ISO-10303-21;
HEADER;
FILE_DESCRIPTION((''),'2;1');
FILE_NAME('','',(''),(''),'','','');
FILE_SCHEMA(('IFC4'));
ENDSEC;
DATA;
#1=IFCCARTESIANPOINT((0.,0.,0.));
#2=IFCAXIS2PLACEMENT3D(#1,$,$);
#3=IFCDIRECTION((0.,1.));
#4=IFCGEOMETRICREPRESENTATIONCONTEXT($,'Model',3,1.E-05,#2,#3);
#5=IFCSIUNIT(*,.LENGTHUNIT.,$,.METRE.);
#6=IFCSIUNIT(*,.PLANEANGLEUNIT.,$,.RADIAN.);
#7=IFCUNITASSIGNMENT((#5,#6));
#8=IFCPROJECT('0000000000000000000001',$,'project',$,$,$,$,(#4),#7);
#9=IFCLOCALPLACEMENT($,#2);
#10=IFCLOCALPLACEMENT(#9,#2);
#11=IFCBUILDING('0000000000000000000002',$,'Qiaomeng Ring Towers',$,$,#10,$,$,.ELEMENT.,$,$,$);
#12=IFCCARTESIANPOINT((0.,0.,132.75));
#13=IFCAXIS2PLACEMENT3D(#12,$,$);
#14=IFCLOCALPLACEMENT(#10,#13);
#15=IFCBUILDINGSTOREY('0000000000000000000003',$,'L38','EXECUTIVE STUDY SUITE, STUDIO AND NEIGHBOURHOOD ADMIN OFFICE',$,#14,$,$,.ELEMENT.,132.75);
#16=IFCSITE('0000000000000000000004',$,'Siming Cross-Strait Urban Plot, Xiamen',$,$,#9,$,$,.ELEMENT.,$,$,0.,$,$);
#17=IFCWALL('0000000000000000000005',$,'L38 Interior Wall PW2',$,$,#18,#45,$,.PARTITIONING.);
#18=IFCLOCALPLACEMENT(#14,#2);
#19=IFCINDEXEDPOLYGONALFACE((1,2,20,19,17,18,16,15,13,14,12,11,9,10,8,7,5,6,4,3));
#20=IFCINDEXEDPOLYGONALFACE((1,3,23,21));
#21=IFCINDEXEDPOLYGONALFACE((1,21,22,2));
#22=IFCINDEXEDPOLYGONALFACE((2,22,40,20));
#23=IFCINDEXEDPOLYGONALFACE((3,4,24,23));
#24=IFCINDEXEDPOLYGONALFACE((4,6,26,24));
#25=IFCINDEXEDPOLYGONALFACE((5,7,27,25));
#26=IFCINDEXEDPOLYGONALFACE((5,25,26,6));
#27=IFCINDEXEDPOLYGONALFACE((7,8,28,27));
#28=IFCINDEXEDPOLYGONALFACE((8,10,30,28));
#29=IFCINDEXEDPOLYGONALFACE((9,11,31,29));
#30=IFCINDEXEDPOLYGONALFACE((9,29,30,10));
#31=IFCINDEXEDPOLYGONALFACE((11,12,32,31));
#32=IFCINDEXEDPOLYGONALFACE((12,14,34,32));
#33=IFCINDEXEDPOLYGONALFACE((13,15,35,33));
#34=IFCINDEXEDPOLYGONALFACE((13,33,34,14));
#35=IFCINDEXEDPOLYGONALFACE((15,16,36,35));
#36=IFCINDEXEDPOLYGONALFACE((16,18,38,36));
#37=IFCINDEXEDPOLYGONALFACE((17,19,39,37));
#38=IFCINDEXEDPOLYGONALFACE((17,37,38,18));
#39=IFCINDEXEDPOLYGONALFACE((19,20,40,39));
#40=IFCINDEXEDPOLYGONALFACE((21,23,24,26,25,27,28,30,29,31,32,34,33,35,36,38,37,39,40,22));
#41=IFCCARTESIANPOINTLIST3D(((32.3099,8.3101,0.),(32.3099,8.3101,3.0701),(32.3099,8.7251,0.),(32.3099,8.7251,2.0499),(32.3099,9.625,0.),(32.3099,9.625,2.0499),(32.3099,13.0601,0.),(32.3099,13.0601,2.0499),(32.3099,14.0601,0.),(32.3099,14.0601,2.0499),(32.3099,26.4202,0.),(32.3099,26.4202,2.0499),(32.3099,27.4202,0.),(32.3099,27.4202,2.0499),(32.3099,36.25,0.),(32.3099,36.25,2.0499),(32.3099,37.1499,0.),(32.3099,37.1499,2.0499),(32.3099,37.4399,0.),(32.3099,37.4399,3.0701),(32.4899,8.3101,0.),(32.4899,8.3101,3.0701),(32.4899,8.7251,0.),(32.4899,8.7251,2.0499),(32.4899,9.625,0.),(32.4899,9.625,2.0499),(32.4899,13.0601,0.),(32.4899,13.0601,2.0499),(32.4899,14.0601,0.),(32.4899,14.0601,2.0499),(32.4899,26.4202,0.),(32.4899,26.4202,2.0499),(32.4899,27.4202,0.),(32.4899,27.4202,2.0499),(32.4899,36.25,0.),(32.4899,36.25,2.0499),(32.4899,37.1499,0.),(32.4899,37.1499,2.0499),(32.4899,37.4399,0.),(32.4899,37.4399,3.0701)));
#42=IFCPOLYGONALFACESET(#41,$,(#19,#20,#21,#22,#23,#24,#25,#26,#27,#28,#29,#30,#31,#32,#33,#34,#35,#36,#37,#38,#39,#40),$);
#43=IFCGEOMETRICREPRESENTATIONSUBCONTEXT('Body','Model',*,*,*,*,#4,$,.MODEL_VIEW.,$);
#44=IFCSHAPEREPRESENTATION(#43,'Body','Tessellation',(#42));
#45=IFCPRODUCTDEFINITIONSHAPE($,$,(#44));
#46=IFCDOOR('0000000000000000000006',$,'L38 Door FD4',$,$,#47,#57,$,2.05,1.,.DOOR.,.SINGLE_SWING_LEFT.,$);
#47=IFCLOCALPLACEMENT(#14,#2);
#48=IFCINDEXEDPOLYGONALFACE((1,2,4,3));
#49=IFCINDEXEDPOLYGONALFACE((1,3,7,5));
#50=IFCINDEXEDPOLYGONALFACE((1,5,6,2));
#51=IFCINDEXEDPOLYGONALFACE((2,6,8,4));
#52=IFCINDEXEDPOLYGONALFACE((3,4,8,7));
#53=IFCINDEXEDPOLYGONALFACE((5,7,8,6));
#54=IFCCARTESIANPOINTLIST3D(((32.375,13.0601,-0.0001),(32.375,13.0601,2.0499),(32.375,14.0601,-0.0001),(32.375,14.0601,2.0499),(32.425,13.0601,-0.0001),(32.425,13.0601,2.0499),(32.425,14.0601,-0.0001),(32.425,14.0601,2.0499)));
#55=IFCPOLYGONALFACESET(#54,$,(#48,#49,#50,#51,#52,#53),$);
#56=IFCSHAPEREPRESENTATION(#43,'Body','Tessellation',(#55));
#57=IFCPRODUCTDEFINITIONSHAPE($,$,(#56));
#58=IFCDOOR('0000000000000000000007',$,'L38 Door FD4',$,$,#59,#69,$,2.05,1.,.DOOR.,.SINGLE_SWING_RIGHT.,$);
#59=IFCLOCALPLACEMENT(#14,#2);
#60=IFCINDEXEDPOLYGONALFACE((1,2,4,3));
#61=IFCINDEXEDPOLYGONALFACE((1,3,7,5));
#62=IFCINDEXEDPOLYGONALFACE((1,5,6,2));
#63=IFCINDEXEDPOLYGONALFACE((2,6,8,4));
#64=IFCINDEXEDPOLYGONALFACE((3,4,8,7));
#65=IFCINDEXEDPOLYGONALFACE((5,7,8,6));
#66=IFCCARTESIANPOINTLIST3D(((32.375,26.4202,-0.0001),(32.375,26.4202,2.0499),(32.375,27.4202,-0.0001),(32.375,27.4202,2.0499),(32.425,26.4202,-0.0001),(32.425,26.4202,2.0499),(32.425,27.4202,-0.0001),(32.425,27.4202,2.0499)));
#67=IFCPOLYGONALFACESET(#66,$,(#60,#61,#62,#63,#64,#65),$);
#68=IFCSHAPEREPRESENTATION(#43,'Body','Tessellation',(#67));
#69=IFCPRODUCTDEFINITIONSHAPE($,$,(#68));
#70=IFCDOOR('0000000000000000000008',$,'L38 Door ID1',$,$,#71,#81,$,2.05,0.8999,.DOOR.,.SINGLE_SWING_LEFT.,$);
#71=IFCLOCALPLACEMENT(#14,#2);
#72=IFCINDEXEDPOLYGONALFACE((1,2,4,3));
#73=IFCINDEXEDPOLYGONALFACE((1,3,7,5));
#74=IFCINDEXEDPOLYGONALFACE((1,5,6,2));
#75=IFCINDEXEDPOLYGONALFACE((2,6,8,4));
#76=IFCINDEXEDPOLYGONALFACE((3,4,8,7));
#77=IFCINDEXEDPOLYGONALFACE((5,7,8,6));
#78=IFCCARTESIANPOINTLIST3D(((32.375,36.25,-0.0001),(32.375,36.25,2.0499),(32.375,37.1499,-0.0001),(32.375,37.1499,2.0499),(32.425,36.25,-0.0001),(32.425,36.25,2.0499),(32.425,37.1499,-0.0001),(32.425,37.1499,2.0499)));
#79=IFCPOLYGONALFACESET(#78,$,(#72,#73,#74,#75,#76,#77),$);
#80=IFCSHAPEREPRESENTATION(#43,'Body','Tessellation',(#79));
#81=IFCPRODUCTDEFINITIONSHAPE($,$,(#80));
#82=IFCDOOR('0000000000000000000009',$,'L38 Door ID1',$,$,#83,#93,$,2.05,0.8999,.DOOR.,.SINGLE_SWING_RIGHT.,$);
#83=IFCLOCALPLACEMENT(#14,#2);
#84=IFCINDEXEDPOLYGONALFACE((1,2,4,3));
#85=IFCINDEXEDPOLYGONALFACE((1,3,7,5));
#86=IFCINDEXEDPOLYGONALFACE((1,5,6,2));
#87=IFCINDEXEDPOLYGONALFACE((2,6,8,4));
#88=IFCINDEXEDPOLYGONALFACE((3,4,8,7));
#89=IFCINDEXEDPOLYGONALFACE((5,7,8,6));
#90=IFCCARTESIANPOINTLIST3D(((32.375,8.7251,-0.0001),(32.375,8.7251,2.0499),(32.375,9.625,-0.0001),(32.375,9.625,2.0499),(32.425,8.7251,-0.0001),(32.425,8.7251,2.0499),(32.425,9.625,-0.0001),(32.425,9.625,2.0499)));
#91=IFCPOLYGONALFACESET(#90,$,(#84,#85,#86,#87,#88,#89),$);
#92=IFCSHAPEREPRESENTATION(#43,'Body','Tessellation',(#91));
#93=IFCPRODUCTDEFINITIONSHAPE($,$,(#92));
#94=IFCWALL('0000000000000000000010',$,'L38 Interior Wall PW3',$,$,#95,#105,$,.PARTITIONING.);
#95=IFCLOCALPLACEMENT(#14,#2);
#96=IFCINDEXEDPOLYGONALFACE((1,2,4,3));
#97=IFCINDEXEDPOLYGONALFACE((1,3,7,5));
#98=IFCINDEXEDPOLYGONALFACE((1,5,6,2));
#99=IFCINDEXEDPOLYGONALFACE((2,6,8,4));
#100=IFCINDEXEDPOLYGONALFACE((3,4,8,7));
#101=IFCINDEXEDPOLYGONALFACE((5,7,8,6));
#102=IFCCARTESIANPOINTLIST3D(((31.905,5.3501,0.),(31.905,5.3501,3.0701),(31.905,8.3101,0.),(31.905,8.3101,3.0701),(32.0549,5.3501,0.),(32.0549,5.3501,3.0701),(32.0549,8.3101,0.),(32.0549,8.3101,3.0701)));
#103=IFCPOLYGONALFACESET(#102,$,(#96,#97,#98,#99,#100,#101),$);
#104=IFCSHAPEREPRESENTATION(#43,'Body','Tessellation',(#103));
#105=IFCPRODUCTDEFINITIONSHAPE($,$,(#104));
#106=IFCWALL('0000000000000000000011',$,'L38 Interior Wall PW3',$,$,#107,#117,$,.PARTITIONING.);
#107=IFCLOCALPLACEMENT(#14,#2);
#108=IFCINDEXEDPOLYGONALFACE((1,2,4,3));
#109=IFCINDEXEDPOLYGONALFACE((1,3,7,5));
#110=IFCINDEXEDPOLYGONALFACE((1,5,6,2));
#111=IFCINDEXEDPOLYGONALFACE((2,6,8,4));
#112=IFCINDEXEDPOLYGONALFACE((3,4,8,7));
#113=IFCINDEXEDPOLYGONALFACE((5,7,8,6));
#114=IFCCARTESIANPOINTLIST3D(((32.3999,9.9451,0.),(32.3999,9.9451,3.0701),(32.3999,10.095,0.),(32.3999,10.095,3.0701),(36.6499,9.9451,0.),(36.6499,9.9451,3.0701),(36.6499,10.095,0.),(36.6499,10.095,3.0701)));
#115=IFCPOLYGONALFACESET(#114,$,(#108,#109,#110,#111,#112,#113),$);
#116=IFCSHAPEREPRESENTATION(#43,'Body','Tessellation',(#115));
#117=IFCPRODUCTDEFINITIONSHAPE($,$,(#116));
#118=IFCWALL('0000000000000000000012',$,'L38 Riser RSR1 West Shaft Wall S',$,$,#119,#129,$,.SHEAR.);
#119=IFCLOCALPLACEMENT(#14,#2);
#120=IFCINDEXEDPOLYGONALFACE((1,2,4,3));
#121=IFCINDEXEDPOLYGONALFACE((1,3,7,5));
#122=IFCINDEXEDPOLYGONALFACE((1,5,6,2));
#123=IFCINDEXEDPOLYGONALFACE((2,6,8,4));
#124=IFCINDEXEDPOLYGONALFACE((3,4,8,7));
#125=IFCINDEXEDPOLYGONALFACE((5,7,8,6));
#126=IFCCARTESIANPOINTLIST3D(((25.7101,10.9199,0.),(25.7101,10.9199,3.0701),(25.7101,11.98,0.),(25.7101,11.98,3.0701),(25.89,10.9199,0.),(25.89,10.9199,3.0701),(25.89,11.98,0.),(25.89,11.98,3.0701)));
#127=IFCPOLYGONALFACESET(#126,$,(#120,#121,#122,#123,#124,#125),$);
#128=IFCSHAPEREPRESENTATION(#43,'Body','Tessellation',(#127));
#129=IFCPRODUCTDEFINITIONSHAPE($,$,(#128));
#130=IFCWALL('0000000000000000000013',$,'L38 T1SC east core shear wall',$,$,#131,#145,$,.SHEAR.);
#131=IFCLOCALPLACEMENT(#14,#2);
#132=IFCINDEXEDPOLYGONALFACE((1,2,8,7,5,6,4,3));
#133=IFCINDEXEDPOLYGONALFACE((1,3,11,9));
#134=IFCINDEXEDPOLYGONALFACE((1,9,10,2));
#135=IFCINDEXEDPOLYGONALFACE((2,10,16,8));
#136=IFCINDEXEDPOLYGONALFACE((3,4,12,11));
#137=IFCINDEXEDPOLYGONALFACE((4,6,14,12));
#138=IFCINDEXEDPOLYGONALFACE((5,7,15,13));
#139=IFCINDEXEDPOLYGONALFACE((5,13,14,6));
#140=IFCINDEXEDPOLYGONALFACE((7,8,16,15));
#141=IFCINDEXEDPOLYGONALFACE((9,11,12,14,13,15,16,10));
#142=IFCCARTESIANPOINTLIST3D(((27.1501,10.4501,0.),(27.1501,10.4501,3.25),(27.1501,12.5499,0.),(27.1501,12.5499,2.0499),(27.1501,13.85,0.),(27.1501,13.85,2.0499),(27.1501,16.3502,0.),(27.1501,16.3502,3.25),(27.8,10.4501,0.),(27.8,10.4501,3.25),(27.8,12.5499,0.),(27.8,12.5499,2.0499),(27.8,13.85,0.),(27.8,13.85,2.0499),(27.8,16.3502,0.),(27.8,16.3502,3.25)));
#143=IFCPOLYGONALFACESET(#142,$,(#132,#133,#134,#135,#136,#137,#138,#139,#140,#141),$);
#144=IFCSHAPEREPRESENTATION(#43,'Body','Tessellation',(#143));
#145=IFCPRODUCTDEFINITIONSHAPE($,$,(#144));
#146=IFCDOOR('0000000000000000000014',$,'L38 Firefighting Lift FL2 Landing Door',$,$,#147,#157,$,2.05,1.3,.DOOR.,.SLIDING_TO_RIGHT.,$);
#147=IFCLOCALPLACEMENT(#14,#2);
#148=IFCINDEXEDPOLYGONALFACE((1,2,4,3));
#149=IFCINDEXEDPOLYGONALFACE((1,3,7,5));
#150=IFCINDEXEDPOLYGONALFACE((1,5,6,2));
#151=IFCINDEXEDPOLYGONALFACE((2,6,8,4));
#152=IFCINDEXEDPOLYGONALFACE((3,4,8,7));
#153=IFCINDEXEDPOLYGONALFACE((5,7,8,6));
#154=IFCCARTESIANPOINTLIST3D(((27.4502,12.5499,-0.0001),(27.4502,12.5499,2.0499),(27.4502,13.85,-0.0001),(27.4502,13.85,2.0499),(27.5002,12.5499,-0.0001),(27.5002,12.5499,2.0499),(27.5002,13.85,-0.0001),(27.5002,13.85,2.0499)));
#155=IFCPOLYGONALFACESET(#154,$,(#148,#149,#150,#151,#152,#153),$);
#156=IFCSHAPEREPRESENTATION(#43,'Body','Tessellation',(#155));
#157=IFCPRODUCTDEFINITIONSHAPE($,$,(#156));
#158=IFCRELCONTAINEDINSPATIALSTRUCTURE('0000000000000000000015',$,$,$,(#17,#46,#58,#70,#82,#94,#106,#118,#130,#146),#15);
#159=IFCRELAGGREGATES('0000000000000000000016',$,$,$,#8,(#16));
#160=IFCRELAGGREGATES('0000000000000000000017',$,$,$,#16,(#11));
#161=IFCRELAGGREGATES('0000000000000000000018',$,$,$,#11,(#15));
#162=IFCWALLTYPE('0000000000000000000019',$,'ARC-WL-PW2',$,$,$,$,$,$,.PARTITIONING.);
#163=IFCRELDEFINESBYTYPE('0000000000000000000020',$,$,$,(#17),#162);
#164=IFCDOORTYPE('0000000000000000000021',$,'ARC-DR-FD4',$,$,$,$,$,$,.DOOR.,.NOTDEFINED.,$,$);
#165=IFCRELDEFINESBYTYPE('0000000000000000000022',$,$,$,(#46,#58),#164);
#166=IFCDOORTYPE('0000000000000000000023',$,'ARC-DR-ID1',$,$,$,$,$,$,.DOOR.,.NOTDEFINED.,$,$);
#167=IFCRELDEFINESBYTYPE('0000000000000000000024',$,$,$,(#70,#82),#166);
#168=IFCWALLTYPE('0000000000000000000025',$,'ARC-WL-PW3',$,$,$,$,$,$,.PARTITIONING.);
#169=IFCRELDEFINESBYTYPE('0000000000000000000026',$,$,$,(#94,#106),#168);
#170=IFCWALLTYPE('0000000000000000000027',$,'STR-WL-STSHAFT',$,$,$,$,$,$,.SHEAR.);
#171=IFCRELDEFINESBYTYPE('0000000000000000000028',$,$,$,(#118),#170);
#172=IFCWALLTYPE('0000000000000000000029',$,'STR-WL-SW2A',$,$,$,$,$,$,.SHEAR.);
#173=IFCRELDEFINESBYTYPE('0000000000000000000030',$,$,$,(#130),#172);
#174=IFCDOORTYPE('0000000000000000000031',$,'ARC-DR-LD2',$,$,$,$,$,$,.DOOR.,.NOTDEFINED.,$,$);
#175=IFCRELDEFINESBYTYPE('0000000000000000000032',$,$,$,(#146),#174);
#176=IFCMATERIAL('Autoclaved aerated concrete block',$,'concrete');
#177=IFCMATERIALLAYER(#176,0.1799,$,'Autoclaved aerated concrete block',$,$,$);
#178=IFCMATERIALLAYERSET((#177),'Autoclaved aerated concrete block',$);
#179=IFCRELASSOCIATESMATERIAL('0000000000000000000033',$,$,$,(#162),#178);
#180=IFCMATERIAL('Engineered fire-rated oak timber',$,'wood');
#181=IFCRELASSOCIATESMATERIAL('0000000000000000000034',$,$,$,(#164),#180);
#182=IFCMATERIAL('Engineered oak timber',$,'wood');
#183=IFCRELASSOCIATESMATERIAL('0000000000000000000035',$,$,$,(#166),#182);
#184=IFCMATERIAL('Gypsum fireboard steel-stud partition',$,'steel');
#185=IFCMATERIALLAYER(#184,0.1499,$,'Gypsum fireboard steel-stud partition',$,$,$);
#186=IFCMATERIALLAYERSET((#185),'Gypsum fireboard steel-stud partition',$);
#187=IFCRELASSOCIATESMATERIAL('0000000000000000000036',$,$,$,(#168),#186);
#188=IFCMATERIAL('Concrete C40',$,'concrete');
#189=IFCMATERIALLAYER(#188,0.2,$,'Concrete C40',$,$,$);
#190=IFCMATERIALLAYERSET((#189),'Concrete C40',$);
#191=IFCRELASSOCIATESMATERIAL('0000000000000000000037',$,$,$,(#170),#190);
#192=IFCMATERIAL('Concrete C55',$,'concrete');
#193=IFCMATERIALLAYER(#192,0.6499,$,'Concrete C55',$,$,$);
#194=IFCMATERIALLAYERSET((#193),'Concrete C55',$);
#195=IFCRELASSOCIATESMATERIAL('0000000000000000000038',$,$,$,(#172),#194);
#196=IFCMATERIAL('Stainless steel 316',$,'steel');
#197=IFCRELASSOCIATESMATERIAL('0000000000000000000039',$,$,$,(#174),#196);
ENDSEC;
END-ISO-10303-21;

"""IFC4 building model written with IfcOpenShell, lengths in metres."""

from ifc_helpers import new_model, si_unit, direction, frame, frame_2d, origin, place, context, subcontext, project, spatial, rectangle, extrude, source, transform, mapped, material, layer, layer_set, type_object, element, fill, save


model = new_model("IFC4")

# Units and contexts
model_context = context("Model", 3, precision=1e-05, world=origin(), true_north=direction((0.0, 1.0)))
body_context = subcontext(model_context, "Body", "Model", "MODEL_VIEW")
ifc_project = project(units=[si_unit("LENGTHUNIT", "METRE"), si_unit("PLANEANGLEUNIT", "RADIAN")], contexts=[model_context])

# Site, building, storey
site_placement = place(None, origin())
site = spatial("IfcSite", under=ifc_project, at=site_placement, Name="Siming Cross-Strait Urban Plot, Xiamen", CompositionType="ELEMENT", RefElevation=0.0)
building_placement = place(site_placement, origin())
building = spatial("IfcBuilding", under=site, at=building_placement, Name="Qiaomeng Ring Towers", CompositionType="ELEMENT")
storey_placement = place(building_placement, frame((0.0, 0.0, 132.75)))
storey = spatial("IfcBuildingStorey", under=building, at=storey_placement, Name="L38", Description="EXECUTIVE STUDY SUITE, STUDIO AND NEIGHBOURHOOD ADMIN OFFICE", CompositionType="ELEMENT", Elevation=132.75)

# Shared definitions
ifc_material_1 = material(Name="Concrete C55", Category="concrete")

# Wall, openings, doors
ifc_material_2 = material(Name="Autoclaved aerated concrete block", Category="concrete")
ifc_layer_1 = layer(ifc_material_2, 0.1799, Name="Autoclaved aerated concrete block")
ifc_layer_set_1 = layer_set([ifc_layer_1], Name="Autoclaved aerated concrete block")
wall_type_1 = type_object("IfcWallType", Name="ARC-WL-PW2", PredefinedType="PARTITIONING", material=ifc_layer_set_1)
wall_1_placement = place(storey_placement, frame((32.3999, 8.3101, 0.0), z_axis=(0.0, 0.0, 1.0), x_axis=(0.0, 1.0, 0.0)))
wall_1 = element("IfcWall", 1, at=wall_1_placement, inside=storey, type_object=wall_type_1, Name="L38 Interior Wall PW2", PredefinedType="PARTITIONING", context=body_context, shape_type="SweptSolid", body=[
    extrude(rectangle(XDim=29.1299, YDim=0.1799, at=frame_2d((14.5649, 0.0))), origin(), (0.0, 0.0, 1.0), 3.0701),
])
opening_1_placement = place(wall_1_placement, frame((27.9399, 0.0, 0.0)))
opening_1 = element("IfcOpeningElement", 2, at=opening_1_placement, cuts=wall_1, PredefinedType="OPENING", context=body_context, shape_type="SweptSolid", body=[
    extrude(rectangle(XDim=0.8999, YDim=2.05, at=frame_2d((0.45, 1.0249))), frame((0.0, 0.0999, 0.0), z_axis=(0.0, -1.0, 0.0), x_axis=(1.0, 0.0, 0.0)), (0.0, 0.0, 1.0), 0.2),
])
opening_2_placement = place(wall_1_placement, frame((0.415, 0.0, 0.0)))
opening_2 = element("IfcOpeningElement", 3, at=opening_2_placement, cuts=wall_1, PredefinedType="OPENING", context=body_context, shape_type="SweptSolid", body=[
    extrude(rectangle(XDim=0.8999, YDim=2.05, at=frame_2d((0.45, 1.0249))), frame((0.0, 0.0999, 0.0), z_axis=(0.0, -1.0, 0.0), x_axis=(1.0, 0.0, 0.0)), (0.0, 0.0, 1.0), 0.2),
])
opening_3_placement = place(wall_1_placement, frame((4.75, 0.0, 0.0)))
opening_3 = element("IfcOpeningElement", 4, at=opening_3_placement, cuts=wall_1, PredefinedType="OPENING", context=body_context, shape_type="SweptSolid", body=[
    extrude(rectangle(XDim=1.0, YDim=2.05, at=frame_2d((0.5, 1.0249))), frame((0.0, 0.0999, 0.0), z_axis=(0.0, -1.0, 0.0), x_axis=(1.0, 0.0, 0.0)), (0.0, 0.0, 1.0), 0.2),
])
opening_4_placement = place(wall_1_placement, frame((18.1101, 0.0, 0.0)))
opening_4 = element("IfcOpeningElement", 5, at=opening_4_placement, cuts=wall_1, PredefinedType="OPENING", context=body_context, shape_type="SweptSolid", body=[
    extrude(rectangle(XDim=1.0, YDim=2.05, at=frame_2d((0.5, 1.0249))), frame((0.0, 0.0999, 0.0), z_axis=(0.0, -1.0, 0.0), x_axis=(1.0, 0.0, 0.0)), (0.0, 0.0, 1.0), 0.2),
])
ifc_material_3 = material(Name="Engineered fire-rated oak timber", Category="wood")
door_type_1 = type_object("IfcDoorType", Name="ARC-DR-FD4", OperationType="NOTDEFINED", PredefinedType="DOOR", material=ifc_material_3)
shared_shape_1 = source(origin(), body_context, "Body", "SweptSolid", [
    extrude(rectangle(XDim=1.0, YDim=2.05, at=frame_2d((0.5, 1.0249))), frame((0.0, 0.0249, 0.0), z_axis=(0.0, -1.0, 0.0), x_axis=(1.0, 0.0, 0.0)), (0.0, 0.0, 1.0), 0.05),
])
door_1_placement = place(opening_3_placement, origin())
door_1 = element("IfcDoor", 6, at=door_1_placement, inside=storey, type_object=door_type_1, Name="L38 Door FD4", OperationType="SINGLE_SWING_LEFT", OverallHeight=2.05, OverallWidth=1.0, PredefinedType="DOOR", context=body_context, shape_type="MappedRepresentation", body=[
    mapped(shared_shape_1, transform((0.0, 0.0, 0.0), x_axis=(1.0, 0.0, 0.0), y_axis=(0.0, 1.0, 0.0), z_axis=(0.0, 0.0, 1.0), scale=1.0)),
])
fill(opening_3, door_1)
door_2_placement = place(opening_4_placement, origin())
door_2 = element("IfcDoor", 7, at=door_2_placement, inside=storey, type_object=door_type_1, Name="L38 Door FD4", OperationType="SINGLE_SWING_RIGHT", OverallHeight=2.05, OverallWidth=1.0, PredefinedType="DOOR", context=body_context, shape_type="MappedRepresentation", body=[
    mapped(shared_shape_1, transform((0.0, 0.0, 0.0), x_axis=(1.0, 0.0, 0.0), y_axis=(0.0, 1.0, 0.0), z_axis=(0.0, 0.0, 1.0), scale=1.0)),
])
fill(opening_4, door_2)
ifc_material_4 = material(Name="Engineered oak timber", Category="wood")
door_type_2 = type_object("IfcDoorType", Name="ARC-DR-ID1", OperationType="NOTDEFINED", PredefinedType="DOOR", material=ifc_material_4)
shared_shape_2 = source(origin(), body_context, "Body", "SweptSolid", [
    extrude(rectangle(XDim=0.8999, YDim=2.05, at=frame_2d((0.45, 1.0249))), frame((0.0, 0.0249, 0.0), z_axis=(0.0, -1.0, 0.0), x_axis=(1.0, 0.0, 0.0)), (0.0, 0.0, 1.0), 0.05),
])
door_3_placement = place(opening_1_placement, origin())
door_3 = element("IfcDoor", 8, at=door_3_placement, inside=storey, type_object=door_type_2, Name="L38 Door ID1", OperationType="SINGLE_SWING_LEFT", OverallHeight=2.05, OverallWidth=0.8999, PredefinedType="DOOR", context=body_context, shape_type="MappedRepresentation", body=[
    mapped(shared_shape_2, transform((0.0, 0.0, 0.0), x_axis=(1.0, 0.0, 0.0), y_axis=(0.0, 1.0, 0.0), z_axis=(0.0, 0.0, 1.0), scale=1.0)),
])
fill(opening_1, door_3)
door_4_placement = place(opening_2_placement, origin())
door_4 = element("IfcDoor", 9, at=door_4_placement, inside=storey, type_object=door_type_2, Name="L38 Door ID1", OperationType="SINGLE_SWING_RIGHT", OverallHeight=2.05, OverallWidth=0.8999, PredefinedType="DOOR", context=body_context, shape_type="MappedRepresentation", body=[
    mapped(shared_shape_2, transform((0.0, 0.0, 0.0), x_axis=(1.0, 0.0, 0.0), y_axis=(0.0, 1.0, 0.0), z_axis=(0.0, 0.0, 1.0), scale=1.0)),
])
fill(opening_2, door_4)

# Walls
ifc_material_5 = material(Name="Gypsum fireboard steel-stud partition", Category="steel")
ifc_layer_2 = layer(ifc_material_5, 0.1499, Name="Gypsum fireboard steel-stud partition")
ifc_layer_set_2 = layer_set([ifc_layer_2], Name="Gypsum fireboard steel-stud partition")
wall_type_2 = type_object("IfcWallType", Name="ARC-WL-PW3", PredefinedType="PARTITIONING", material=ifc_layer_set_2)
wall_2_placement = place(storey_placement, frame((31.98, 5.3501, 0.0), z_axis=(0.0, 0.0, 1.0), x_axis=(0.0, 1.0, 0.0)))
element("IfcWall", 10, at=wall_2_placement, inside=storey, type_object=wall_type_2, Name="L38 Interior Wall PW3", PredefinedType="PARTITIONING", context=body_context, shape_type="SweptSolid", body=[
    extrude(rectangle(XDim=2.96, YDim=0.1499, at=frame_2d((1.48, 0.0))), origin(), (0.0, 0.0, 1.0), 3.0701),
])
wall_3_placement = place(storey_placement, frame((32.3999, 10.02, 0.0), z_axis=(0.0, 0.0, 1.0), x_axis=(1.0, 0.0, 0.0)))
element("IfcWall", 11, at=wall_3_placement, inside=storey, type_object=wall_type_2, Name="L38 Interior Wall PW3", PredefinedType="PARTITIONING", context=body_context, shape_type="SweptSolid", body=[
    extrude(rectangle(XDim=4.25, YDim=0.1499, at=frame_2d((2.125, 0.0))), origin(), (0.0, 0.0, 1.0), 3.0701),
])
ifc_material_6 = material(Name="Concrete C40", Category="concrete")
ifc_layer_3 = layer(ifc_material_6, 0.2, Name="Concrete C40")
ifc_layer_set_3 = layer_set([ifc_layer_3], Name="Concrete C40")
wall_type_3 = type_object("IfcWallType", Name="STR-WL-STSHAFT", PredefinedType="SHEAR", material=ifc_layer_set_3)
wall_4_placement = place(storey_placement, frame((25.8, 10.9199, 0.0), z_axis=(0.0, 0.0, 1.0), x_axis=(0.0, 1.0, 0.0)))
element("IfcWall", 12, at=wall_4_placement, inside=storey, type_object=wall_type_3, Name="L38 Riser RSR1 West Shaft Wall S", PredefinedType="SHEAR", context=body_context, shape_type="SweptSolid", body=[
    extrude(rectangle(XDim=1.0601, YDim=0.1799, at=frame_2d((0.53, 0.0))), origin(), (0.0, 0.0, 1.0), 3.0701),
])

# Wall, opening, door
ifc_layer_4 = layer(ifc_material_1, 0.6499, Name="Concrete C55")
ifc_layer_set_4 = layer_set([ifc_layer_4], Name="Concrete C55")
wall_type_4 = type_object("IfcWallType", Name="STR-WL-SW2A", PredefinedType="SHEAR", material=ifc_layer_set_4)
wall_5_placement = place(storey_placement, frame((27.4751, 10.45, 0.0), z_axis=(0.0, 0.0, 1.0), x_axis=(0.0, 1.0, 0.0)))
wall_5 = element("IfcWall", 13, at=wall_5_placement, inside=storey, type_object=wall_type_4, Name="L38 T1SC east core shear wall", PredefinedType="SHEAR", context=body_context, shape_type="SweptSolid", body=[
    extrude(rectangle(XDim=5.9001, YDim=0.6499, at=frame_2d((2.9502, 0.0))), origin(), (0.0, 0.0, 1.0), 3.25),
])
opening_5_placement = place(wall_5_placement, frame((2.1001, 0.0, 0.0)))
opening_5 = element("IfcOpeningElement", 14, at=opening_5_placement, cuts=wall_5, PredefinedType="OPENING", context=body_context, shape_type="SweptSolid", body=[
    extrude(rectangle(XDim=1.3, YDim=2.05, at=frame_2d((0.6499, 1.0249))), frame((0.0, 0.335, 0.0), z_axis=(0.0, -1.0, 0.0), x_axis=(1.0, 0.0, 0.0)), (0.0, 0.0, 1.0), 0.6699),
])
ifc_material_7 = material(Name="Stainless steel 316", Category="steel")
door_type_3 = type_object("IfcDoorType", Name="ARC-DR-LD2", OperationType="NOTDEFINED", PredefinedType="DOOR", material=ifc_material_7)
shared_shape_3 = source(origin(), body_context, "Body", "SweptSolid", [
    extrude(rectangle(XDim=1.3, YDim=2.05, at=frame_2d((0.6499, 1.0249))), frame((0.0, 0.0249, 0.0), z_axis=(0.0, -1.0, 0.0), x_axis=(1.0, 0.0, 0.0)), (0.0, 0.0, 1.0), 0.05),
])
door_5_placement = place(opening_5_placement, origin())
door_5 = element("IfcDoor", 15, at=door_5_placement, inside=storey, type_object=door_type_3, Name="L38 Firefighting Lift FL2 Landing Door", OperationType="SLIDING_TO_RIGHT", OverallHeight=2.05, OverallWidth=1.3, PredefinedType="DOOR", context=body_context, shape_type="MappedRepresentation", body=[
    mapped(shared_shape_3, transform((0.0, 0.0, 0.0), x_axis=(1.0, 0.0, 0.0), y_axis=(0.0, 1.0, 0.0), z_axis=(0.0, 0.0, 1.0), scale=1.0)),
])
fill(opening_5, door_5)

save(model, "model.ifc")
